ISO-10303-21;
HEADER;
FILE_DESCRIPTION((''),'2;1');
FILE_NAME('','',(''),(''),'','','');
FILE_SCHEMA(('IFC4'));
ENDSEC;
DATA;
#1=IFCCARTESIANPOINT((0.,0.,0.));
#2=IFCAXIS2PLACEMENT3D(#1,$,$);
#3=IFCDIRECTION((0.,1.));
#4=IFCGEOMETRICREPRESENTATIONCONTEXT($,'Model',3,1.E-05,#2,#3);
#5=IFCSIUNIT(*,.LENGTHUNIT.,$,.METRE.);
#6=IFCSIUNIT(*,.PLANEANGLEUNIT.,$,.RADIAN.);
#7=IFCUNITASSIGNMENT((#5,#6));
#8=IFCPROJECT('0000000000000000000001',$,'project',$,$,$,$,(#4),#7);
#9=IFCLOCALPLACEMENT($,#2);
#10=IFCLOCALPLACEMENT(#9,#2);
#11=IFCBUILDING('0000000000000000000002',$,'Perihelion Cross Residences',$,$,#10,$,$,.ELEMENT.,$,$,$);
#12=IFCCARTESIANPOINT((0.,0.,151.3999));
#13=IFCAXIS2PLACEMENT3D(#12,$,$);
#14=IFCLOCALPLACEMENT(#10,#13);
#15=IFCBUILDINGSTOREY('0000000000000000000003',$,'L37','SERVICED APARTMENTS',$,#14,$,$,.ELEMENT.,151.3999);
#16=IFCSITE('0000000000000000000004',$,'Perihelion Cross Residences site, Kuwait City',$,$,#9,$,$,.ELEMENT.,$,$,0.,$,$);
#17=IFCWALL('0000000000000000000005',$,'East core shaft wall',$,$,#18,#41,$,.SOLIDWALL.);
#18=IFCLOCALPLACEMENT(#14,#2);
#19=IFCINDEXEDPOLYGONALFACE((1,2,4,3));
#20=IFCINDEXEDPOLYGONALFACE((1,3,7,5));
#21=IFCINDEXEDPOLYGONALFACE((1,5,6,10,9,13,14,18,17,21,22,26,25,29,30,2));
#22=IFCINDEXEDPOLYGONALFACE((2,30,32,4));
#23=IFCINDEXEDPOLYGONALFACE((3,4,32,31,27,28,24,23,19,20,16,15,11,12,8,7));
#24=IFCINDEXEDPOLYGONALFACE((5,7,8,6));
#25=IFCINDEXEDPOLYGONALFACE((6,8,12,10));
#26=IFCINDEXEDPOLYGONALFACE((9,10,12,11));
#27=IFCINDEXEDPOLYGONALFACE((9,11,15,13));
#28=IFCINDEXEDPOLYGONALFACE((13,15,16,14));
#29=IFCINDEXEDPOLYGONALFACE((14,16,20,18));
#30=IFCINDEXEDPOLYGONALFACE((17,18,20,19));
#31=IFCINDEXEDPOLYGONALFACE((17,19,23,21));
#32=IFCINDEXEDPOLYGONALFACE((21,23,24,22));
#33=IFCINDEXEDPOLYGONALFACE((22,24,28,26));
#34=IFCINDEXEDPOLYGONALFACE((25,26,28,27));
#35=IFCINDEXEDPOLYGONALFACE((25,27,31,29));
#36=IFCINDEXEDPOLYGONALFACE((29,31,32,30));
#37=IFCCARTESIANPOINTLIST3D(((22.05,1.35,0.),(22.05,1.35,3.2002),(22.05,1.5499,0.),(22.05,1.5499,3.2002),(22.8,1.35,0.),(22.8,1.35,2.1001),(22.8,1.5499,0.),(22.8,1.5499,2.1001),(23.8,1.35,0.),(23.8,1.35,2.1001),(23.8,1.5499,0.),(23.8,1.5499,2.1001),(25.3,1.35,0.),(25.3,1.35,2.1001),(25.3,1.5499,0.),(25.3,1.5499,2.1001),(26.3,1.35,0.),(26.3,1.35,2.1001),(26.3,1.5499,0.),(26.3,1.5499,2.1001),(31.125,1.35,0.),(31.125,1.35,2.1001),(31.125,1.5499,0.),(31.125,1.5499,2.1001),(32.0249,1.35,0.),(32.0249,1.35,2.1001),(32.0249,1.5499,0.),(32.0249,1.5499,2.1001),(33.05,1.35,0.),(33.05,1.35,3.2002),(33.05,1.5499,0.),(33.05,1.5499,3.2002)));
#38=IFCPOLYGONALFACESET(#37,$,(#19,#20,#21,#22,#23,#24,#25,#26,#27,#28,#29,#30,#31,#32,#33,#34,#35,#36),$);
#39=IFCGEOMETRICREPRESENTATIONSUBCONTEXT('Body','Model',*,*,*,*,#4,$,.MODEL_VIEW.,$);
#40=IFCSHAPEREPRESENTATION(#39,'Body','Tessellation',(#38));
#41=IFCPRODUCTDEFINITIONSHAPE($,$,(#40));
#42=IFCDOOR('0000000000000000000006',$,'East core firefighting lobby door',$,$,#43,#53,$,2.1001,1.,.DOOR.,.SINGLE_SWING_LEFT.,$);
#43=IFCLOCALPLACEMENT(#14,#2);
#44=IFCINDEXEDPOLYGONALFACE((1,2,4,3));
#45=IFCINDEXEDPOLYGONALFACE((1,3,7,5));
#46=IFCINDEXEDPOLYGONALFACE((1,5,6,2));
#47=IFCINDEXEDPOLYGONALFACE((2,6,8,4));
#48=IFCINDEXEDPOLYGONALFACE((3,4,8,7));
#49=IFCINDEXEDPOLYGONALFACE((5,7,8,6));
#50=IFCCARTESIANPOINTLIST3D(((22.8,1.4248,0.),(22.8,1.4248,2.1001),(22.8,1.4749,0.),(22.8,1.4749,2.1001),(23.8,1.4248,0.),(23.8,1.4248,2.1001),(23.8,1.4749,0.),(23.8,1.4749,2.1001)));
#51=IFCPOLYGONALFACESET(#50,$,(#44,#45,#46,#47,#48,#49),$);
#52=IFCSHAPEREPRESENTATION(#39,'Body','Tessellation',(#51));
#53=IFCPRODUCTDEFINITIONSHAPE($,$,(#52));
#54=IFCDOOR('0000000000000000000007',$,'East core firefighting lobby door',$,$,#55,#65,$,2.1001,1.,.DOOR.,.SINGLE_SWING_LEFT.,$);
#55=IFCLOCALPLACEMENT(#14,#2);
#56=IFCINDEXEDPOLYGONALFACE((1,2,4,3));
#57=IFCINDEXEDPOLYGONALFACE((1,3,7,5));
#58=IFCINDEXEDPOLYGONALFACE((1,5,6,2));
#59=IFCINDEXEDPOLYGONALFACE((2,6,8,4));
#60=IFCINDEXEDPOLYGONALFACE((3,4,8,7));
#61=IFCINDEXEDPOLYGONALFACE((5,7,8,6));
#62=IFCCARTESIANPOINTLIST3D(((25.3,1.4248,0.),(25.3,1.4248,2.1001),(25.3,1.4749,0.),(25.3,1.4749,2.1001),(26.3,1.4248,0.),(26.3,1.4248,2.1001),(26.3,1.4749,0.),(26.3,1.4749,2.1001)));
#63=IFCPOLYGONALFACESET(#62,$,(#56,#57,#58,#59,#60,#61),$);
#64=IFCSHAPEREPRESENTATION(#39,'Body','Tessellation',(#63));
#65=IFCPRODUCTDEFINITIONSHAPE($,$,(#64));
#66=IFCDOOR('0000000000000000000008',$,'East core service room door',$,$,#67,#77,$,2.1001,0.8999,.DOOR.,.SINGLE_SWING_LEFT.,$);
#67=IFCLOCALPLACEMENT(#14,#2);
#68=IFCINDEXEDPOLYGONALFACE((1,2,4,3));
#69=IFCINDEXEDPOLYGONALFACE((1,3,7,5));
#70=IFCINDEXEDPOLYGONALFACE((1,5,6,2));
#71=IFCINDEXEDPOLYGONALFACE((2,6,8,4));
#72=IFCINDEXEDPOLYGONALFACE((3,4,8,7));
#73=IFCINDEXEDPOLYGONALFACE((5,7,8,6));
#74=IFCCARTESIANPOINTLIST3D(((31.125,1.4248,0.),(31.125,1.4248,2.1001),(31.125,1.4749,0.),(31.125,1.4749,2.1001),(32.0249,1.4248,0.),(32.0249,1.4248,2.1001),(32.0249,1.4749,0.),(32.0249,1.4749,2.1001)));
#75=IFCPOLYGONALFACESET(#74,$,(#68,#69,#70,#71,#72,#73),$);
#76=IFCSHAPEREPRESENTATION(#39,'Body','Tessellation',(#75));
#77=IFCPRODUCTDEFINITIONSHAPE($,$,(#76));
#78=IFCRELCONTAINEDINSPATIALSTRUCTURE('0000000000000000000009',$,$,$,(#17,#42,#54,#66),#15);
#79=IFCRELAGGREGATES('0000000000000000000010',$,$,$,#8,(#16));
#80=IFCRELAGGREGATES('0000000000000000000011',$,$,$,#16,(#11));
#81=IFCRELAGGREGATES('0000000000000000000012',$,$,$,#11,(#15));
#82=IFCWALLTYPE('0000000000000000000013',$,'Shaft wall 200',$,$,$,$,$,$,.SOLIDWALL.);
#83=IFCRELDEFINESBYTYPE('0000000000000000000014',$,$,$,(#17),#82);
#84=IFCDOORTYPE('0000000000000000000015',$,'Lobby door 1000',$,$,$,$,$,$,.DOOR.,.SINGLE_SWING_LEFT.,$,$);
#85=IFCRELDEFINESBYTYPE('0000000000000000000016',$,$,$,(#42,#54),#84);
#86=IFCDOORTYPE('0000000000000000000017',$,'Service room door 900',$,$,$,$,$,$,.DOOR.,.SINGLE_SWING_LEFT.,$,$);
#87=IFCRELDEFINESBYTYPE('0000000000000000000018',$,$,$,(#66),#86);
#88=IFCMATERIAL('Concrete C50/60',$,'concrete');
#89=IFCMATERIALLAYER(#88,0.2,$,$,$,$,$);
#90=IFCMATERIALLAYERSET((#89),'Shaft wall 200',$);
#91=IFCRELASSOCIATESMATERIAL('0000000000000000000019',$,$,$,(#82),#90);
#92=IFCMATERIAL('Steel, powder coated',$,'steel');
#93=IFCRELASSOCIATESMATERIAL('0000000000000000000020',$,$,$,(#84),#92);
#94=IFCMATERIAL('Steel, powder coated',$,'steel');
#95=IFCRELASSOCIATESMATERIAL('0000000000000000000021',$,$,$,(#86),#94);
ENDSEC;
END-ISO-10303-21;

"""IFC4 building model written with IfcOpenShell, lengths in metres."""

from ifc_helpers import new_model, si_unit, direction, frame, frame_2d, origin, place, context, subcontext, project, spatial, rectangle, extrude, material, layer, layer_set, type_object, element, fill, save


model = new_model("IFC4")

# Units and contexts
model_context = context("Model", 3, precision=1e-05, world=origin(), true_north=direction((0.0, 1.0)))
body_context = subcontext(model_context, "Body", "Model", "MODEL_VIEW")
ifc_project = project(units=[si_unit("LENGTHUNIT", "METRE"), si_unit("PLANEANGLEUNIT", "RADIAN")], contexts=[model_context])

# Site, building, storey
site_placement = place(None, origin())
site = spatial("IfcSite", under=ifc_project, at=site_placement, Name="Perihelion Cross Residences site, Kuwait City", CompositionType="ELEMENT", RefElevation=0.0)
building_placement = place(site_placement, origin())
building = spatial("IfcBuilding", under=site, at=building_placement, Name="Perihelion Cross Residences", CompositionType="ELEMENT")
storey_placement = place(building_placement, frame((0.0, 0.0, 151.3999)))
storey = spatial("IfcBuildingStorey", under=building, at=storey_placement, Name="L37", Description="SERVICED APARTMENTS", CompositionType="ELEMENT", Elevation=151.3999)

# Wall, openings, doors
ifc_material_1 = material(Name="Concrete C50/60", Category="concrete")
ifc_layer_1 = layer(ifc_material_1, 0.2)
ifc_layer_set_1 = layer_set([ifc_layer_1], Name="Shaft wall 200")
wall_type_1 = type_object("IfcWallType", Name="Shaft wall 200", PredefinedType="SOLIDWALL", material=ifc_layer_set_1)
wall_1_placement = place(storey_placement, frame((22.05, 1.45, 0.0), z_axis=(0.0, 0.0, 1.0), x_axis=(1.0, 0.0, 0.0)))
wall_1 = element("IfcWall", 1, at=wall_1_placement, inside=storey, type_object=wall_type_1, Name="East core shaft wall", PredefinedType="SOLIDWALL", context=body_context, shape_type="SweptSolid", body=[
    extrude(rectangle(XDim=11.0, YDim=0.2, at=frame_2d((5.5, 0.0))), origin(), (0.0, 0.0, 1.0), 3.2002),
])
opening_1_placement = place(wall_1_placement, frame((0.75, 0.0, 0.0)))
opening_1 = element("IfcOpeningElement", 2, at=opening_1_placement, cuts=wall_1, PredefinedType="OPENING", context=body_context, shape_type="SweptSolid", body=[
    extrude(rectangle(XDim=1.0, YDim=2.1001, at=frame_2d((0.5, 1.05))), frame((0.0, 0.1099, 0.0), z_axis=(0.0, -1.0, 0.0), x_axis=(1.0, 0.0, 0.0)), (0.0, 0.0, 1.0), 0.22),
])
opening_2_placement = place(wall_1_placement, frame((3.25, 0.0, 0.0)))
opening_2 = element("IfcOpeningElement", 3, at=opening_2_placement, cuts=wall_1, PredefinedType="OPENING", context=body_context, shape_type="SweptSolid", body=[
    extrude(rectangle(XDim=1.0, YDim=2.1001, at=frame_2d((0.5, 1.05))), frame((0.0, 0.1099, 0.0), z_axis=(0.0, -1.0, 0.0), x_axis=(1.0, 0.0, 0.0)), (0.0, 0.0, 1.0), 0.22),
])
opening_3_placement = place(wall_1_placement, frame((9.075, 0.0, 0.0)))
opening_3 = element("IfcOpeningElement", 4, at=opening_3_placement, cuts=wall_1, PredefinedType="OPENING", context=body_context, shape_type="SweptSolid", body=[
    extrude(rectangle(XDim=0.8999, YDim=2.1001, at=frame_2d((0.45, 1.05))), frame((0.0, 0.1099, 0.0), z_axis=(0.0, -1.0, 0.0), x_axis=(1.0, 0.0, 0.0)), (0.0, 0.0, 1.0), 0.22),
])
ifc_material_2 = material(Name="Steel, powder coated", Category="steel")
door_type_1 = type_object("IfcDoorType", Name="Lobby door 1000", OperationType="SINGLE_SWING_LEFT", PredefinedType="DOOR", material=ifc_material_2)
door_1_placement = place(opening_1_placement, origin())
door_1 = element("IfcDoor", 5, at=door_1_placement, inside=storey, type_object=door_type_1, Name="East core firefighting lobby door", OperationType="SINGLE_SWING_LEFT", OverallHeight=2.1001, OverallWidth=1.0, PredefinedType="DOOR", context=body_context, shape_type="SweptSolid", body=[
    extrude(rectangle(XDim=1.0, YDim=2.1001, at=frame_2d((0.5, 1.05))), frame((0.0, 0.0249, 0.0), z_axis=(0.0, -1.0, 0.0), x_axis=(1.0, 0.0, 0.0)), (0.0, 0.0, 1.0), 0.05),
])
fill(opening_1, door_1)
door_2_placement = place(opening_2_placement, origin())
door_2 = element("IfcDoor", 6, at=door_2_placement, inside=storey, type_object=door_type_1, Name="East core firefighting lobby door", OperationType="SINGLE_SWING_LEFT", OverallHeight=2.1001, OverallWidth=1.0, PredefinedType="DOOR", context=body_context, shape_type="SweptSolid", body=[
    extrude(rectangle(XDim=1.0, YDim=2.1001, at=frame_2d((0.5, 1.05))), frame((0.0, 0.0249, 0.0), z_axis=(0.0, -1.0, 0.0), x_axis=(1.0, 0.0, 0.0)), (0.0, 0.0, 1.0), 0.05),
])
fill(opening_2, door_2)
ifc_material_3 = material(Name="Steel, powder coated", Category="steel")
door_type_2 = type_object("IfcDoorType", Name="Service room door 900", OperationType="SINGLE_SWING_LEFT", PredefinedType="DOOR", material=ifc_material_3)
door_3_placement = place(opening_3_placement, origin())
door_3 = element("IfcDoor", 7, at=door_3_placement, inside=storey, type_object=door_type_2, Name="East core service room door", OperationType="SINGLE_SWING_LEFT", OverallHeight=2.1001, OverallWidth=0.8999, PredefinedType="DOOR", context=body_context, shape_type="SweptSolid", body=[
    extrude(rectangle(XDim=0.8999, YDim=2.1001, at=frame_2d((0.45, 1.05))), frame((0.0, 0.0249, 0.0), z_axis=(0.0, -1.0, 0.0), x_axis=(1.0, 0.0, 0.0)), (0.0, 0.0, 1.0), 0.05),
])
fill(opening_3, door_3)

save(model, "model.ifc")
